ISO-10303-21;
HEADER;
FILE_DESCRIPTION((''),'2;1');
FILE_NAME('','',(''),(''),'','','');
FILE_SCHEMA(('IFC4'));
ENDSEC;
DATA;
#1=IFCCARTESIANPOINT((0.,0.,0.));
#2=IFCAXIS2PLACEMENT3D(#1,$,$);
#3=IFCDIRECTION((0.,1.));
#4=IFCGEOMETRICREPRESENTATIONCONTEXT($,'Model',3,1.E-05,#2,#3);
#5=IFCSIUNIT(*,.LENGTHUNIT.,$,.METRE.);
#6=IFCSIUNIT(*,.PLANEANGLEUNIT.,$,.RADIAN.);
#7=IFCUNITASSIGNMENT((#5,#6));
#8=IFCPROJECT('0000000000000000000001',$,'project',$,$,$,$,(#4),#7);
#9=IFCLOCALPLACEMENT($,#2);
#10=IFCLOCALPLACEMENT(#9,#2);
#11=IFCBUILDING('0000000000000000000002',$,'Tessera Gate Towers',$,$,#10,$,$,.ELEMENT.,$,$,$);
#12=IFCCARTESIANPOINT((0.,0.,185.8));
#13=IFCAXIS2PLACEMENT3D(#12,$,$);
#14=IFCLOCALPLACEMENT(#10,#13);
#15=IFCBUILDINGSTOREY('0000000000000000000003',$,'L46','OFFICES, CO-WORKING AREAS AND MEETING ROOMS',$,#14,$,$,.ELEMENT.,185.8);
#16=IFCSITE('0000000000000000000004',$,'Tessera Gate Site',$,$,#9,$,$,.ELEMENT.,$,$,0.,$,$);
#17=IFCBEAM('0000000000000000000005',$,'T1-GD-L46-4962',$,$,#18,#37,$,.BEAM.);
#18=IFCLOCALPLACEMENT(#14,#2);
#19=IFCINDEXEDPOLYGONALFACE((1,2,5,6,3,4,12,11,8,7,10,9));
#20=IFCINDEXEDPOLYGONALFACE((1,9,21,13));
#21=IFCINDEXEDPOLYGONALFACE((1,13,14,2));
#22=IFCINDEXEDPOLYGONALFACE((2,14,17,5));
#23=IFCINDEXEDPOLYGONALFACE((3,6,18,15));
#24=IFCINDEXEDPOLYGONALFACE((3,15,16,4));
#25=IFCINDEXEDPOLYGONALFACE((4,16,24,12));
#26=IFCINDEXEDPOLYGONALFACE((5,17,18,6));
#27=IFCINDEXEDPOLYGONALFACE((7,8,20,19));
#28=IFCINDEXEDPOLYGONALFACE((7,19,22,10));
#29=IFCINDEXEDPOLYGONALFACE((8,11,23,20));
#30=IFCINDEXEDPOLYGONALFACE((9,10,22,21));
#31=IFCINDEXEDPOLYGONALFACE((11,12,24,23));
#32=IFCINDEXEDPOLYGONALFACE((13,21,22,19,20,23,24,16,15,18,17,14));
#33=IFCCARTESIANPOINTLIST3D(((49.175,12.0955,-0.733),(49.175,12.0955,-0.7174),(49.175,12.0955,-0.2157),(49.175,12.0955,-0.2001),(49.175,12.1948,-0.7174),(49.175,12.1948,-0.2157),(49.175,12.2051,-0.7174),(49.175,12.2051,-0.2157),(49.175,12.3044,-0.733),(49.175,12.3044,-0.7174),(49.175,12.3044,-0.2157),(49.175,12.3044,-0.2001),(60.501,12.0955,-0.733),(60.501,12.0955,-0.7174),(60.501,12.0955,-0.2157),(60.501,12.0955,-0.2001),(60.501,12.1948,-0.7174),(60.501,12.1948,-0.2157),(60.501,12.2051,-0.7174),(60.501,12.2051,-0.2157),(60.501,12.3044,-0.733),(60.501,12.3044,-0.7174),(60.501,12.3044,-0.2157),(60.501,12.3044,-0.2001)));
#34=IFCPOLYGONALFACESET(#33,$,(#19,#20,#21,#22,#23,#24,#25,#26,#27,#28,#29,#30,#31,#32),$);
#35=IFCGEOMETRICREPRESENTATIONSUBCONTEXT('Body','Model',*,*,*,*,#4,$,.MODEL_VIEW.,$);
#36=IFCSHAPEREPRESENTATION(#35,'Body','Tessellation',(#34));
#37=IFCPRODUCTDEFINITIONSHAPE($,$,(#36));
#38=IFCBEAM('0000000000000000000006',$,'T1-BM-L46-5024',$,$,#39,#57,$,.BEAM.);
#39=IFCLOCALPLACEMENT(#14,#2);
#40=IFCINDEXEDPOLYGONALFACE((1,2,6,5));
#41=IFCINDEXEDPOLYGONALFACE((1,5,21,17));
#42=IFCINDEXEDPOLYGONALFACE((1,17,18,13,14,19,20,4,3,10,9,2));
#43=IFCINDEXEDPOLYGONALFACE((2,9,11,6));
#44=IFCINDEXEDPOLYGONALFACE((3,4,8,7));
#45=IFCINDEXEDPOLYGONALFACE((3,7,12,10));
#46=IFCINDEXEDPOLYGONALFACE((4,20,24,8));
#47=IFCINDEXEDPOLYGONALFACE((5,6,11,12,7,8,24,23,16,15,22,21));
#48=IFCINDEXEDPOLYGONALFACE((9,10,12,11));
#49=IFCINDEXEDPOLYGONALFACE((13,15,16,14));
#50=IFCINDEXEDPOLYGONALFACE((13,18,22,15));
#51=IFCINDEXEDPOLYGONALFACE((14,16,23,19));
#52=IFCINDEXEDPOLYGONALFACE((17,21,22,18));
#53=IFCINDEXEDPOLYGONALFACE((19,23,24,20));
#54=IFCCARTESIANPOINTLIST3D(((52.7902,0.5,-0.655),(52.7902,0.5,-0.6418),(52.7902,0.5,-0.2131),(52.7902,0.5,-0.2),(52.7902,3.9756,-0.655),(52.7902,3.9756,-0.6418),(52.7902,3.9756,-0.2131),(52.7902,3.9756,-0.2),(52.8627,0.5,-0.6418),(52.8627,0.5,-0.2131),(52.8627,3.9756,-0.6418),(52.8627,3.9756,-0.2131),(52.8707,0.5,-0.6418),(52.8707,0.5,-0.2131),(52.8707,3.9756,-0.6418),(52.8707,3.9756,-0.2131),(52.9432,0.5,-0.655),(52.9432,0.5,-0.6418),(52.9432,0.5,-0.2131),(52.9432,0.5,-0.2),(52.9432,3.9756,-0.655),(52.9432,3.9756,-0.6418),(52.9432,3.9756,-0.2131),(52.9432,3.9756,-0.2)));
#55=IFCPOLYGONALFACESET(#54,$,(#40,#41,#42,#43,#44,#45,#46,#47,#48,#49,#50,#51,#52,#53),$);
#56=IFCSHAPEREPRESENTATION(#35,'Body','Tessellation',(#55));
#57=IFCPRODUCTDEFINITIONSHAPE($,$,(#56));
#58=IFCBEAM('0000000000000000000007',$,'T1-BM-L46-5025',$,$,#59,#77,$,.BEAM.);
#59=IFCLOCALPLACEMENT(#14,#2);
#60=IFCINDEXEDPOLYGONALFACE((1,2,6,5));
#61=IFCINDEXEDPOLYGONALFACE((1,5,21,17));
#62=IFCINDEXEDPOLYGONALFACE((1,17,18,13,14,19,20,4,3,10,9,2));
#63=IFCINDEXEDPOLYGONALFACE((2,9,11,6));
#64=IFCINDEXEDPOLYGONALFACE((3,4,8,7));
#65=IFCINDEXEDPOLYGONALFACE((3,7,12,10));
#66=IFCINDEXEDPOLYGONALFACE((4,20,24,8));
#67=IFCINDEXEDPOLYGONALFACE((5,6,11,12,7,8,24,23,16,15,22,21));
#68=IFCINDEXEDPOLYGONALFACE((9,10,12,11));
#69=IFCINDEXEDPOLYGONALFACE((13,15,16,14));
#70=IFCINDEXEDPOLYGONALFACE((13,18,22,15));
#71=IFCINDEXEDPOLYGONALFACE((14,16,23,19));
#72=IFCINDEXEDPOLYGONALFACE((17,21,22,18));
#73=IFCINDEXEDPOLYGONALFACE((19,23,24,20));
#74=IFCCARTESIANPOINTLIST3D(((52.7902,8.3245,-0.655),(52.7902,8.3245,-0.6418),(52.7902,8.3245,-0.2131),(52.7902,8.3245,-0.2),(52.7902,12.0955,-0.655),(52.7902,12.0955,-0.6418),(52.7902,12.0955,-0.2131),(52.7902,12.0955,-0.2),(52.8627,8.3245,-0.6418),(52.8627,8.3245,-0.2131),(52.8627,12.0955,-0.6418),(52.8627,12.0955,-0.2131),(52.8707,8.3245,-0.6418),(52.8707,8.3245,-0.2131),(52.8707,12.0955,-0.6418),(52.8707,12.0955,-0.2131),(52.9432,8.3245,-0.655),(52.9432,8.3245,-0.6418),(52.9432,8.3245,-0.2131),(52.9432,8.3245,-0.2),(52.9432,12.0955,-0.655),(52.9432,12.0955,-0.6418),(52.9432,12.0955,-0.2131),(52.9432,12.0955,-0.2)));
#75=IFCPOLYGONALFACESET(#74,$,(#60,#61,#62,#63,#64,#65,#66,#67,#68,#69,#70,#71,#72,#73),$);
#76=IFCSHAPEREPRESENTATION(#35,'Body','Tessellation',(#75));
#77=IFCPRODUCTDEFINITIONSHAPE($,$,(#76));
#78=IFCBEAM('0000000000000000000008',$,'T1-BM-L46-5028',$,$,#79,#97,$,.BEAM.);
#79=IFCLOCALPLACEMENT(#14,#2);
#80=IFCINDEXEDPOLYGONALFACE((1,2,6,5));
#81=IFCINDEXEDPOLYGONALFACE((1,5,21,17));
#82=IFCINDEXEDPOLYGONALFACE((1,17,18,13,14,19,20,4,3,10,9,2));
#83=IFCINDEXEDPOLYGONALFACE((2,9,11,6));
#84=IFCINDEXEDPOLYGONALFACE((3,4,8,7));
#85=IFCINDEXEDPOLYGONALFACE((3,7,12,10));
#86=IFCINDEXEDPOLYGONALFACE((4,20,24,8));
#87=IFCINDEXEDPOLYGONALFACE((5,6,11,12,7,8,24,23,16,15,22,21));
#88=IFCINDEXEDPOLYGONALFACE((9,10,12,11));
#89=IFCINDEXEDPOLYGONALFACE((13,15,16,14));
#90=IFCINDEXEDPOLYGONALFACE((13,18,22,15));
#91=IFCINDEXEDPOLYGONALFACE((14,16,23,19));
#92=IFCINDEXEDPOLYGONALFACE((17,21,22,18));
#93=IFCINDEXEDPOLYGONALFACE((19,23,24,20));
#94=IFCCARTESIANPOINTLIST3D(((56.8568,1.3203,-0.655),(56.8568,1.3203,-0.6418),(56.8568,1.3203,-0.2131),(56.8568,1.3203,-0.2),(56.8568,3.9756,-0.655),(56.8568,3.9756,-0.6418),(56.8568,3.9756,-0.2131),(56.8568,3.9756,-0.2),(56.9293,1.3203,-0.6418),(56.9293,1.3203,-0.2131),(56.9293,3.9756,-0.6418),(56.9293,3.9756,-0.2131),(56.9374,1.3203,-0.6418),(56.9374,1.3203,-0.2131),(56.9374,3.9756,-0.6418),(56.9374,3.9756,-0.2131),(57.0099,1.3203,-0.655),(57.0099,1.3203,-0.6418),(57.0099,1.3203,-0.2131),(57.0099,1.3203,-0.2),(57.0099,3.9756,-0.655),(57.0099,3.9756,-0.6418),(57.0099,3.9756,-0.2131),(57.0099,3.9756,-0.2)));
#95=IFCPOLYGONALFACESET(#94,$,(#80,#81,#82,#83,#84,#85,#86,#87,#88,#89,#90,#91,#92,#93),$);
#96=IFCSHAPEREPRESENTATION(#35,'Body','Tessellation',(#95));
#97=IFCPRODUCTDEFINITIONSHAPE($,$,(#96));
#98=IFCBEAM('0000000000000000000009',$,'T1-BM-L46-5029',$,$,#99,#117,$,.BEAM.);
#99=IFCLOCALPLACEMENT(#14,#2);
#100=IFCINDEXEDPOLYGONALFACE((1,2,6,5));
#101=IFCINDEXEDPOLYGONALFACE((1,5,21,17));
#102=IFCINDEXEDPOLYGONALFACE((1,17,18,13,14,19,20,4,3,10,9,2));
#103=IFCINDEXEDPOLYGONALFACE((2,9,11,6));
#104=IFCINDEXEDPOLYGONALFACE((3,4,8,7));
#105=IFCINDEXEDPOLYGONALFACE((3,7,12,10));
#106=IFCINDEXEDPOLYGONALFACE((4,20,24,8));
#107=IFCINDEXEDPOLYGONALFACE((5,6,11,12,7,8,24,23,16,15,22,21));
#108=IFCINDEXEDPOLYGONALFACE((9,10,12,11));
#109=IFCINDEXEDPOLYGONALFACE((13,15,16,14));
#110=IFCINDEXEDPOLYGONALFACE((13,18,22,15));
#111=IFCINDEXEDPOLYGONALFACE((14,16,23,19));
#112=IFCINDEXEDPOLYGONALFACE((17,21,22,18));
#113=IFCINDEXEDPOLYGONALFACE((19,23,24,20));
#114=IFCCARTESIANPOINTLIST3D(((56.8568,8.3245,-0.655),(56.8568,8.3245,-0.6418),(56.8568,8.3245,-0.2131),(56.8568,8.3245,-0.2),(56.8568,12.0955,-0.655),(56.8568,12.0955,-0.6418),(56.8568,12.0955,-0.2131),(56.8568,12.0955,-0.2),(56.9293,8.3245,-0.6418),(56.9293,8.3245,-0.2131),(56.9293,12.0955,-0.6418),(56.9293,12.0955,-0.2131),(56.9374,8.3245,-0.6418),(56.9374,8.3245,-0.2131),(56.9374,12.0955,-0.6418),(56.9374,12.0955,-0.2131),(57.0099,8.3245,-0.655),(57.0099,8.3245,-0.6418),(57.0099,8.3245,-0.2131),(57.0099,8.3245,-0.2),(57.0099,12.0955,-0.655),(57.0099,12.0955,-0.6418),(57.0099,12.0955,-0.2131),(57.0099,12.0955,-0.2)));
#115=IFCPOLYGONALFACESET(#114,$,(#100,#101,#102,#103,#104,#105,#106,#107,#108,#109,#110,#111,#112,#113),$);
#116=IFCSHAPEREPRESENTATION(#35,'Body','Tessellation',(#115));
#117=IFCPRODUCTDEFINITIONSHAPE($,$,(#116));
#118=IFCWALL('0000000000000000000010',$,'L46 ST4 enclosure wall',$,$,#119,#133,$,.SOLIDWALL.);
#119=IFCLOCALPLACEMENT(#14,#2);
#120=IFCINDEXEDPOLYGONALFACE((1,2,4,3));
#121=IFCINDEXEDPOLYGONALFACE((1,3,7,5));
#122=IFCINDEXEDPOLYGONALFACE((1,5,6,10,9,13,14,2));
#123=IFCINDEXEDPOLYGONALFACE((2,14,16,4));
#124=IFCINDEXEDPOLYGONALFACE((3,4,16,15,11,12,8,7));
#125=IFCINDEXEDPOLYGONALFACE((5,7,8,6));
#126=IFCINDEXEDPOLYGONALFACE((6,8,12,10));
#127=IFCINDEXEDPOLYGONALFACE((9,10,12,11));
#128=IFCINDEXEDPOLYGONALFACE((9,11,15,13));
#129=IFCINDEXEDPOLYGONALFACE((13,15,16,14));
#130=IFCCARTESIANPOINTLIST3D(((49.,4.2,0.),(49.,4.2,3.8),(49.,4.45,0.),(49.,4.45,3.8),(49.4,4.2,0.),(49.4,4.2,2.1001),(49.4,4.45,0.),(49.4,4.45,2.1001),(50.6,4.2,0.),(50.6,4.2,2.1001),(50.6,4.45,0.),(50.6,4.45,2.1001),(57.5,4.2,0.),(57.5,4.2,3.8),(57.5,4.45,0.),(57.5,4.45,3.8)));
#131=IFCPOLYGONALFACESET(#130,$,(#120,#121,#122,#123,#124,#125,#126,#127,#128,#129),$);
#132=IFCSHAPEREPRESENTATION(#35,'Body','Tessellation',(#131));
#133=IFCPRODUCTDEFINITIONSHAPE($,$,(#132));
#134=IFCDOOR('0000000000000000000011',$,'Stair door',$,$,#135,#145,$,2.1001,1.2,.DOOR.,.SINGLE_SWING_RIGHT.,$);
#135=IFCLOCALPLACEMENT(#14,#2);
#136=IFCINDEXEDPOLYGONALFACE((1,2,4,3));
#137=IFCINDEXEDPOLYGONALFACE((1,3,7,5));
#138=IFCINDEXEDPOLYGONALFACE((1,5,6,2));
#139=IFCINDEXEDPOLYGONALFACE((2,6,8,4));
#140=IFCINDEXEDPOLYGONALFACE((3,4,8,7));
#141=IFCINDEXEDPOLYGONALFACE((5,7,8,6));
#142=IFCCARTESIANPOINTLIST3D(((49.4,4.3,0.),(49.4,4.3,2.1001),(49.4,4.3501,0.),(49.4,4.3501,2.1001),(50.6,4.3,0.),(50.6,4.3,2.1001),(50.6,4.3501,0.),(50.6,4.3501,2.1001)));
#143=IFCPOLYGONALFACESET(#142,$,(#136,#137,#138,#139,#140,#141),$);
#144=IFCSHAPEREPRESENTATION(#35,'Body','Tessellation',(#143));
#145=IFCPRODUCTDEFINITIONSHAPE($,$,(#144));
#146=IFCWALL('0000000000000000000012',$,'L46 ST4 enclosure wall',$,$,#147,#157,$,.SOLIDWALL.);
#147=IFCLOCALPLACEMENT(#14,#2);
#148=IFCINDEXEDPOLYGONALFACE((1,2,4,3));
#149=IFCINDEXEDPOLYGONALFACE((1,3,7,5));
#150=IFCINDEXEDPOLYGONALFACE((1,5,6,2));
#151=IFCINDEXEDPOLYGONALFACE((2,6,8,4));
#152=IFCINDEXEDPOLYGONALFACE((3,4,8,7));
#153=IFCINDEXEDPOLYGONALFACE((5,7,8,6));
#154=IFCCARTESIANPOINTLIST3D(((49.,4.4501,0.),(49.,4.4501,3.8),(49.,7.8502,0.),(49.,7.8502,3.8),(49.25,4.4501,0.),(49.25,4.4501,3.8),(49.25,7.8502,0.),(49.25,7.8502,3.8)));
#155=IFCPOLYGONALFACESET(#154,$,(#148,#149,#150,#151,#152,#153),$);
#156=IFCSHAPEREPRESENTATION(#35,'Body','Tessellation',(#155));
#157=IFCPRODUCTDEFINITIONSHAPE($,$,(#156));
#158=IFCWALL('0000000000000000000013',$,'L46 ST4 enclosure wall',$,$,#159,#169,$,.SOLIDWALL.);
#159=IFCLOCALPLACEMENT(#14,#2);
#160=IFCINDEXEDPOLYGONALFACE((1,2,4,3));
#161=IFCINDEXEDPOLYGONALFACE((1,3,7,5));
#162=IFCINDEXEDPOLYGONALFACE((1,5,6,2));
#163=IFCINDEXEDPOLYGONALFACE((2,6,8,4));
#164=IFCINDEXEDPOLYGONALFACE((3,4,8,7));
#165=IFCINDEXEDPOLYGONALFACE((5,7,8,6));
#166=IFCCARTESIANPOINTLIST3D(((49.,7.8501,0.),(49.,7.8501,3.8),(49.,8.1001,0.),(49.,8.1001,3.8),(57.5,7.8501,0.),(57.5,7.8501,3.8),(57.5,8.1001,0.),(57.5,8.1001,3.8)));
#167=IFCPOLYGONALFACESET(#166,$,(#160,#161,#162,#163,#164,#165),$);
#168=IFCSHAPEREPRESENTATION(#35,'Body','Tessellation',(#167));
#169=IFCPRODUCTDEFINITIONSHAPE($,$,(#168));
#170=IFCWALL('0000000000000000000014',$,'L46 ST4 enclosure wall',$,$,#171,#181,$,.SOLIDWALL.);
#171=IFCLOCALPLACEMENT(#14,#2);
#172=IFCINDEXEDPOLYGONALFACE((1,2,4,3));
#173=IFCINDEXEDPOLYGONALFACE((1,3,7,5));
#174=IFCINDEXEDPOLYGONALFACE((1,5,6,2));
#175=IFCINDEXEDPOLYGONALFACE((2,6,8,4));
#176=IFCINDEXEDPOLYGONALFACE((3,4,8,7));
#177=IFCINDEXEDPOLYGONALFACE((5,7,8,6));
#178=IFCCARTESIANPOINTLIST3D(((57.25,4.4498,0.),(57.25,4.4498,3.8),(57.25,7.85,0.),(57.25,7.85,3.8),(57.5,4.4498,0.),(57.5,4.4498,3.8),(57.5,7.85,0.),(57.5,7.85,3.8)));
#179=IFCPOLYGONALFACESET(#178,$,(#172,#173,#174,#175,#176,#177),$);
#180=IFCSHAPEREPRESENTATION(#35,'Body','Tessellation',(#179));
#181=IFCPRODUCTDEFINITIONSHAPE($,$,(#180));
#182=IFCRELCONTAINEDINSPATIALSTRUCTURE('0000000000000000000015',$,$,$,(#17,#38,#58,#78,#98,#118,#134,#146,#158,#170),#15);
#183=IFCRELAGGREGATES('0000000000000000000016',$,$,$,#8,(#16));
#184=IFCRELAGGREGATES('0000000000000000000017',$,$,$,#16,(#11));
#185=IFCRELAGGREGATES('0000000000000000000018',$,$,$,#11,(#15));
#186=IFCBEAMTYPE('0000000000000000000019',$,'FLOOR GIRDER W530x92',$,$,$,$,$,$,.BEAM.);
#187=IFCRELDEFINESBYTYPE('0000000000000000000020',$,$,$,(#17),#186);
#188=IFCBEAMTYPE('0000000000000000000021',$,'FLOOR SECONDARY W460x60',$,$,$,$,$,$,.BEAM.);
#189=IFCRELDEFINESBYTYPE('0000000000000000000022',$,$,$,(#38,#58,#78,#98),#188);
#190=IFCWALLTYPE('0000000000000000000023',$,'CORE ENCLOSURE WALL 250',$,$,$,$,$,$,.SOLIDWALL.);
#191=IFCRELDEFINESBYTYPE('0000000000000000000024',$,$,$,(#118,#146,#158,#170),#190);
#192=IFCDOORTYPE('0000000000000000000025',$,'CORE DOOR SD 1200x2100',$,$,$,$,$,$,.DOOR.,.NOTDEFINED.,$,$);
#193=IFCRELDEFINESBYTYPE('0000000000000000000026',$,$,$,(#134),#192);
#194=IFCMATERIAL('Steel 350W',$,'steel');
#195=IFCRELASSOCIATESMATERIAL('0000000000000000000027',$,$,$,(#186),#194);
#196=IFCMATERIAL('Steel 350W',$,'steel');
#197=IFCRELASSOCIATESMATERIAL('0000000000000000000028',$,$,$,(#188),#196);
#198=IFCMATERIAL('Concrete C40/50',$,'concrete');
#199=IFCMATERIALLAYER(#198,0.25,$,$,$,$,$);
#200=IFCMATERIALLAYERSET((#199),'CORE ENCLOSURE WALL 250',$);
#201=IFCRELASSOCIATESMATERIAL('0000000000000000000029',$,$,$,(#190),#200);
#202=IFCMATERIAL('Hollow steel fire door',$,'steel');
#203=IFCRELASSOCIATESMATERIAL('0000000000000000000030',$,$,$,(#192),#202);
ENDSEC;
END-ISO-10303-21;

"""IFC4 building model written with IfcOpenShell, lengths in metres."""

from ifc_helpers import new_model, si_unit, direction, frame, frame_2d, origin, origin_2d, place, context, subcontext, project, spatial, rectangle, i_section, extrude, source, transform, mapped, material, layer, layer_set, material_profile, profile_set, type_object, element, fill, save


model = new_model("IFC4")

# Units and contexts
model_context = context("Model", 3, precision=1e-05, world=origin(), true_north=direction((0.0, 1.0)))
body_context = subcontext(model_context, "Body", "Model", "MODEL_VIEW")
ifc_project = project(units=[si_unit("LENGTHUNIT", "METRE"), si_unit("PLANEANGLEUNIT", "RADIAN")], contexts=[model_context])

# Site, building, storey
site_placement = place(None, origin())
site = spatial("IfcSite", under=ifc_project, at=site_placement, Name="Tessera Gate Site", CompositionType="ELEMENT", RefElevation=0.0)
building_placement = place(site_placement, origin())
building = spatial("IfcBuilding", under=site, at=building_placement, Name="Tessera Gate Towers", CompositionType="ELEMENT")
storey_placement = place(building_placement, frame((0.0, 0.0, 185.8)))
storey = spatial("IfcBuildingStorey", under=building, at=storey_placement, Name="L46", Description="OFFICES, CO-WORKING AREAS AND MEETING ROOMS", CompositionType="ELEMENT", Elevation=185.8)

# Beams
ifc_material_1 = material(Name="Steel 350W", Category="steel")
ifc_material_profile_1 = material_profile(ifc_material_1, i_section(OverallWidth=0.209, OverallDepth=0.533, WebThickness=0.0103, FlangeThickness=0.0156, at=origin_2d()), Name="W530x92")
ifc_profile_set_1 = profile_set([ifc_material_profile_1], Name="Steel 350W")
beam_type_1 = type_object("IfcBeamType", Name="FLOOR GIRDER W530x92", PredefinedType="BEAM", material=ifc_profile_set_1)
beam_1_placement = place(storey_placement, frame((49.175, 12.2, -0.4666), z_axis=(1.0, 0.0, 0.0), x_axis=(0.0, 1.0, 0.0)))
element("IfcBeam", 1, at=beam_1_placement, inside=storey, type_object=beam_type_1, Name="T1-GD-L46-4962", PredefinedType="BEAM", context=body_context, shape_type="SweptSolid", body=[
    extrude(i_section(OverallWidth=0.209, OverallDepth=0.533, WebThickness=0.0103, FlangeThickness=0.0156, at=origin_2d()), origin(), (0.0, 0.0, 1.0), 11.3259),
])
ifc_material_2 = material(Name="Steel 350W", Category="steel")
ifc_material_profile_2 = material_profile(ifc_material_2, i_section(OverallWidth=0.1531, OverallDepth=0.4551, WebThickness=0.0081, FlangeThickness=0.0132, at=origin_2d()), Name="W460x60")
ifc_profile_set_2 = profile_set([ifc_material_profile_2], Name="Steel 350W")
beam_type_2 = type_object("IfcBeamType", Name="FLOOR SECONDARY W460x60", PredefinedType="BEAM", material=ifc_profile_set_2)
beam_2_placement = place(storey_placement, frame((52.8667, 0.5, -0.4275), z_axis=(0.0, 1.0, 0.0), x_axis=(-1.0, 0.0, 0.0)))
element("IfcBeam", 2, at=beam_2_placement, inside=storey, type_object=beam_type_2, Name="T1-BM-L46-5024", PredefinedType="BEAM", context=body_context, shape_type="SweptSolid", body=[
    extrude(i_section(OverallWidth=0.1531, OverallDepth=0.4551, WebThickness=0.0081, FlangeThickness=0.0132, at=origin_2d()), origin(), (0.0, 0.0, 1.0), 3.4756),
])
beam_3_placement = place(storey_placement, frame((52.8667, 8.3245, -0.4275), z_axis=(0.0, 1.0, 0.0), x_axis=(-1.0, 0.0, 0.0)))
element("IfcBeam", 3, at=beam_3_placement, inside=storey, type_object=beam_type_2, Name="T1-BM-L46-5025", PredefinedType="BEAM", context=body_context, shape_type="SweptSolid", body=[
    extrude(i_section(OverallWidth=0.1531, OverallDepth=0.4551, WebThickness=0.0081, FlangeThickness=0.0132, at=origin_2d()), origin(), (0.0, 0.0, 1.0), 3.771),
])
beam_4_placement = place(storey_placement, frame((56.9333, 1.3203, -0.4275), z_axis=(0.0, 1.0, 0.0), x_axis=(-1.0, 0.0, 0.0)))
element("IfcBeam", 4, at=beam_4_placement, inside=storey, type_object=beam_type_2, Name="T1-BM-L46-5028", PredefinedType="BEAM", context=body_context, shape_type="SweptSolid", body=[
    extrude(i_section(OverallWidth=0.1531, OverallDepth=0.4551, WebThickness=0.0081, FlangeThickness=0.0132, at=origin_2d()), origin(), (0.0, 0.0, 1.0), 2.6553),
])
beam_5_placement = place(storey_placement, frame((56.9333, 8.3245, -0.4275), z_axis=(0.0, 1.0, 0.0), x_axis=(-1.0, 0.0, 0.0)))
element("IfcBeam", 5, at=beam_5_placement, inside=storey, type_object=beam_type_2, Name="T1-BM-L46-5029", PredefinedType="BEAM", context=body_context, shape_type="SweptSolid", body=[
    extrude(i_section(OverallWidth=0.1531, OverallDepth=0.4551, WebThickness=0.0081, FlangeThickness=0.0132, at=origin_2d()), origin(), (0.0, 0.0, 1.0), 3.771),
])

# Wall, opening, door
ifc_material_3 = material(Name="Concrete C40/50", Category="concrete")
ifc_layer_1 = layer(ifc_material_3, 0.25)
ifc_layer_set_1 = layer_set([ifc_layer_1], Name="CORE ENCLOSURE WALL 250")
wall_type_1 = type_object("IfcWallType", Name="CORE ENCLOSURE WALL 250", PredefinedType="SOLIDWALL", material=ifc_layer_set_1)
wall_1_placement = place(storey_placement, frame((57.5, 4.325, 0.0), z_axis=(0.0, 0.0, 1.0), x_axis=(-1.0, 0.0, 0.0)))
wall_1 = element("IfcWall", 6, at=wall_1_placement, inside=storey, type_object=wall_type_1, Name="L46 ST4 enclosure wall", PredefinedType="SOLIDWALL", context=body_context, shape_type="SweptSolid", body=[
    extrude(rectangle(XDim=8.5, YDim=0.25, at=frame_2d((4.25, 0.0))), origin(), (0.0, 0.0, 1.0), 3.8),
])
shared_shape_1 = source(origin(), body_context, "Body", "SweptSolid", [
    extrude(rectangle(XDim=1.2, YDim=2.1001, at=frame_2d((0.6001, 1.05))), frame((0.0, 0.135, 0.0), z_axis=(0.0, -1.0, 0.0), x_axis=(1.0, 0.0, 0.0)), (0.0, 0.0, 1.0), 0.27),
])
opening_1_placement = place(wall_1_placement, frame((6.8999, 0.0, 0.0)))
opening_1 = element("IfcOpeningElement", 7, at=opening_1_placement, cuts=wall_1, PredefinedType="OPENING", context=body_context, shape_type="MappedRepresentation", body=[
    mapped(shared_shape_1, transform((0.0, 0.0, 0.0), scale=1.0)),
])
ifc_material_4 = material(Name="Hollow steel fire door", Category="steel")
door_type = type_object("IfcDoorType", Name="CORE DOOR SD 1200x2100", OperationType="NOTDEFINED", PredefinedType="DOOR", material=ifc_material_4)
shared_shape_2 = source(origin(), body_context, "Body", "SweptSolid", [
    extrude(rectangle(XDim=1.2, YDim=2.1001, at=frame_2d((0.6001, 1.05))), frame((0.0, 0.0249, 0.0), z_axis=(0.0, -1.0, 0.0), x_axis=(1.0, 0.0, 0.0)), (0.0, 0.0, 1.0), 0.05),
])
door_placement = place(opening_1_placement, origin())
door = element("IfcDoor", 8, at=door_placement, inside=storey, type_object=door_type, Name="Stair door", OperationType="SINGLE_SWING_RIGHT", OverallHeight=2.1001, OverallWidth=1.2, PredefinedType="DOOR", context=body_context, shape_type="MappedRepresentation", body=[
    mapped(shared_shape_2, transform((0.0, 0.0, 0.0), scale=1.0)),
])
fill(opening_1, door)

# Walls
wall_2_placement = place(storey_placement, frame((49.125, 4.45, 0.0), z_axis=(0.0, 0.0, 1.0), x_axis=(0.0, 1.0, 0.0)))
element("IfcWall", 9, at=wall_2_placement, inside=storey, type_object=wall_type_1, Name="L46 ST4 enclosure wall", PredefinedType="SOLIDWALL", context=body_context, shape_type="SweptSolid", body=[
    extrude(rectangle(XDim=3.4001, YDim=0.25, at=frame_2d((1.7002, 0.0))), origin(), (0.0, 0.0, 1.0), 3.8),
])
wall_3_placement = place(storey_placement, frame((49.0, 7.9751, 0.0), z_axis=(0.0, 0.0, 1.0), x_axis=(1.0, 0.0, 0.0)))
element("IfcWall", 10, at=wall_3_placement, inside=storey, type_object=wall_type_1, Name="L46 ST4 enclosure wall", PredefinedType="SOLIDWALL", context=body_context, shape_type="SweptSolid", body=[
    extrude(rectangle(XDim=8.5, YDim=0.25, at=frame_2d((4.25, 0.0))), origin(), (0.0, 0.0, 1.0), 3.8),
])
wall_4_placement = place(storey_placement, frame((57.375, 7.8501, 0.0), z_axis=(0.0, 0.0, 1.0), x_axis=(0.0, -1.0, 0.0)))
element("IfcWall", 11, at=wall_4_placement, inside=storey, type_object=wall_type_1, Name="L46 ST4 enclosure wall", PredefinedType="SOLIDWALL", context=body_context, shape_type="SweptSolid", body=[
    extrude(rectangle(XDim=3.4001, YDim=0.25, at=frame_2d((1.7002, 0.0))), origin(), (0.0, 0.0, 1.0), 3.8),
])

save(model, "model.ifc")
